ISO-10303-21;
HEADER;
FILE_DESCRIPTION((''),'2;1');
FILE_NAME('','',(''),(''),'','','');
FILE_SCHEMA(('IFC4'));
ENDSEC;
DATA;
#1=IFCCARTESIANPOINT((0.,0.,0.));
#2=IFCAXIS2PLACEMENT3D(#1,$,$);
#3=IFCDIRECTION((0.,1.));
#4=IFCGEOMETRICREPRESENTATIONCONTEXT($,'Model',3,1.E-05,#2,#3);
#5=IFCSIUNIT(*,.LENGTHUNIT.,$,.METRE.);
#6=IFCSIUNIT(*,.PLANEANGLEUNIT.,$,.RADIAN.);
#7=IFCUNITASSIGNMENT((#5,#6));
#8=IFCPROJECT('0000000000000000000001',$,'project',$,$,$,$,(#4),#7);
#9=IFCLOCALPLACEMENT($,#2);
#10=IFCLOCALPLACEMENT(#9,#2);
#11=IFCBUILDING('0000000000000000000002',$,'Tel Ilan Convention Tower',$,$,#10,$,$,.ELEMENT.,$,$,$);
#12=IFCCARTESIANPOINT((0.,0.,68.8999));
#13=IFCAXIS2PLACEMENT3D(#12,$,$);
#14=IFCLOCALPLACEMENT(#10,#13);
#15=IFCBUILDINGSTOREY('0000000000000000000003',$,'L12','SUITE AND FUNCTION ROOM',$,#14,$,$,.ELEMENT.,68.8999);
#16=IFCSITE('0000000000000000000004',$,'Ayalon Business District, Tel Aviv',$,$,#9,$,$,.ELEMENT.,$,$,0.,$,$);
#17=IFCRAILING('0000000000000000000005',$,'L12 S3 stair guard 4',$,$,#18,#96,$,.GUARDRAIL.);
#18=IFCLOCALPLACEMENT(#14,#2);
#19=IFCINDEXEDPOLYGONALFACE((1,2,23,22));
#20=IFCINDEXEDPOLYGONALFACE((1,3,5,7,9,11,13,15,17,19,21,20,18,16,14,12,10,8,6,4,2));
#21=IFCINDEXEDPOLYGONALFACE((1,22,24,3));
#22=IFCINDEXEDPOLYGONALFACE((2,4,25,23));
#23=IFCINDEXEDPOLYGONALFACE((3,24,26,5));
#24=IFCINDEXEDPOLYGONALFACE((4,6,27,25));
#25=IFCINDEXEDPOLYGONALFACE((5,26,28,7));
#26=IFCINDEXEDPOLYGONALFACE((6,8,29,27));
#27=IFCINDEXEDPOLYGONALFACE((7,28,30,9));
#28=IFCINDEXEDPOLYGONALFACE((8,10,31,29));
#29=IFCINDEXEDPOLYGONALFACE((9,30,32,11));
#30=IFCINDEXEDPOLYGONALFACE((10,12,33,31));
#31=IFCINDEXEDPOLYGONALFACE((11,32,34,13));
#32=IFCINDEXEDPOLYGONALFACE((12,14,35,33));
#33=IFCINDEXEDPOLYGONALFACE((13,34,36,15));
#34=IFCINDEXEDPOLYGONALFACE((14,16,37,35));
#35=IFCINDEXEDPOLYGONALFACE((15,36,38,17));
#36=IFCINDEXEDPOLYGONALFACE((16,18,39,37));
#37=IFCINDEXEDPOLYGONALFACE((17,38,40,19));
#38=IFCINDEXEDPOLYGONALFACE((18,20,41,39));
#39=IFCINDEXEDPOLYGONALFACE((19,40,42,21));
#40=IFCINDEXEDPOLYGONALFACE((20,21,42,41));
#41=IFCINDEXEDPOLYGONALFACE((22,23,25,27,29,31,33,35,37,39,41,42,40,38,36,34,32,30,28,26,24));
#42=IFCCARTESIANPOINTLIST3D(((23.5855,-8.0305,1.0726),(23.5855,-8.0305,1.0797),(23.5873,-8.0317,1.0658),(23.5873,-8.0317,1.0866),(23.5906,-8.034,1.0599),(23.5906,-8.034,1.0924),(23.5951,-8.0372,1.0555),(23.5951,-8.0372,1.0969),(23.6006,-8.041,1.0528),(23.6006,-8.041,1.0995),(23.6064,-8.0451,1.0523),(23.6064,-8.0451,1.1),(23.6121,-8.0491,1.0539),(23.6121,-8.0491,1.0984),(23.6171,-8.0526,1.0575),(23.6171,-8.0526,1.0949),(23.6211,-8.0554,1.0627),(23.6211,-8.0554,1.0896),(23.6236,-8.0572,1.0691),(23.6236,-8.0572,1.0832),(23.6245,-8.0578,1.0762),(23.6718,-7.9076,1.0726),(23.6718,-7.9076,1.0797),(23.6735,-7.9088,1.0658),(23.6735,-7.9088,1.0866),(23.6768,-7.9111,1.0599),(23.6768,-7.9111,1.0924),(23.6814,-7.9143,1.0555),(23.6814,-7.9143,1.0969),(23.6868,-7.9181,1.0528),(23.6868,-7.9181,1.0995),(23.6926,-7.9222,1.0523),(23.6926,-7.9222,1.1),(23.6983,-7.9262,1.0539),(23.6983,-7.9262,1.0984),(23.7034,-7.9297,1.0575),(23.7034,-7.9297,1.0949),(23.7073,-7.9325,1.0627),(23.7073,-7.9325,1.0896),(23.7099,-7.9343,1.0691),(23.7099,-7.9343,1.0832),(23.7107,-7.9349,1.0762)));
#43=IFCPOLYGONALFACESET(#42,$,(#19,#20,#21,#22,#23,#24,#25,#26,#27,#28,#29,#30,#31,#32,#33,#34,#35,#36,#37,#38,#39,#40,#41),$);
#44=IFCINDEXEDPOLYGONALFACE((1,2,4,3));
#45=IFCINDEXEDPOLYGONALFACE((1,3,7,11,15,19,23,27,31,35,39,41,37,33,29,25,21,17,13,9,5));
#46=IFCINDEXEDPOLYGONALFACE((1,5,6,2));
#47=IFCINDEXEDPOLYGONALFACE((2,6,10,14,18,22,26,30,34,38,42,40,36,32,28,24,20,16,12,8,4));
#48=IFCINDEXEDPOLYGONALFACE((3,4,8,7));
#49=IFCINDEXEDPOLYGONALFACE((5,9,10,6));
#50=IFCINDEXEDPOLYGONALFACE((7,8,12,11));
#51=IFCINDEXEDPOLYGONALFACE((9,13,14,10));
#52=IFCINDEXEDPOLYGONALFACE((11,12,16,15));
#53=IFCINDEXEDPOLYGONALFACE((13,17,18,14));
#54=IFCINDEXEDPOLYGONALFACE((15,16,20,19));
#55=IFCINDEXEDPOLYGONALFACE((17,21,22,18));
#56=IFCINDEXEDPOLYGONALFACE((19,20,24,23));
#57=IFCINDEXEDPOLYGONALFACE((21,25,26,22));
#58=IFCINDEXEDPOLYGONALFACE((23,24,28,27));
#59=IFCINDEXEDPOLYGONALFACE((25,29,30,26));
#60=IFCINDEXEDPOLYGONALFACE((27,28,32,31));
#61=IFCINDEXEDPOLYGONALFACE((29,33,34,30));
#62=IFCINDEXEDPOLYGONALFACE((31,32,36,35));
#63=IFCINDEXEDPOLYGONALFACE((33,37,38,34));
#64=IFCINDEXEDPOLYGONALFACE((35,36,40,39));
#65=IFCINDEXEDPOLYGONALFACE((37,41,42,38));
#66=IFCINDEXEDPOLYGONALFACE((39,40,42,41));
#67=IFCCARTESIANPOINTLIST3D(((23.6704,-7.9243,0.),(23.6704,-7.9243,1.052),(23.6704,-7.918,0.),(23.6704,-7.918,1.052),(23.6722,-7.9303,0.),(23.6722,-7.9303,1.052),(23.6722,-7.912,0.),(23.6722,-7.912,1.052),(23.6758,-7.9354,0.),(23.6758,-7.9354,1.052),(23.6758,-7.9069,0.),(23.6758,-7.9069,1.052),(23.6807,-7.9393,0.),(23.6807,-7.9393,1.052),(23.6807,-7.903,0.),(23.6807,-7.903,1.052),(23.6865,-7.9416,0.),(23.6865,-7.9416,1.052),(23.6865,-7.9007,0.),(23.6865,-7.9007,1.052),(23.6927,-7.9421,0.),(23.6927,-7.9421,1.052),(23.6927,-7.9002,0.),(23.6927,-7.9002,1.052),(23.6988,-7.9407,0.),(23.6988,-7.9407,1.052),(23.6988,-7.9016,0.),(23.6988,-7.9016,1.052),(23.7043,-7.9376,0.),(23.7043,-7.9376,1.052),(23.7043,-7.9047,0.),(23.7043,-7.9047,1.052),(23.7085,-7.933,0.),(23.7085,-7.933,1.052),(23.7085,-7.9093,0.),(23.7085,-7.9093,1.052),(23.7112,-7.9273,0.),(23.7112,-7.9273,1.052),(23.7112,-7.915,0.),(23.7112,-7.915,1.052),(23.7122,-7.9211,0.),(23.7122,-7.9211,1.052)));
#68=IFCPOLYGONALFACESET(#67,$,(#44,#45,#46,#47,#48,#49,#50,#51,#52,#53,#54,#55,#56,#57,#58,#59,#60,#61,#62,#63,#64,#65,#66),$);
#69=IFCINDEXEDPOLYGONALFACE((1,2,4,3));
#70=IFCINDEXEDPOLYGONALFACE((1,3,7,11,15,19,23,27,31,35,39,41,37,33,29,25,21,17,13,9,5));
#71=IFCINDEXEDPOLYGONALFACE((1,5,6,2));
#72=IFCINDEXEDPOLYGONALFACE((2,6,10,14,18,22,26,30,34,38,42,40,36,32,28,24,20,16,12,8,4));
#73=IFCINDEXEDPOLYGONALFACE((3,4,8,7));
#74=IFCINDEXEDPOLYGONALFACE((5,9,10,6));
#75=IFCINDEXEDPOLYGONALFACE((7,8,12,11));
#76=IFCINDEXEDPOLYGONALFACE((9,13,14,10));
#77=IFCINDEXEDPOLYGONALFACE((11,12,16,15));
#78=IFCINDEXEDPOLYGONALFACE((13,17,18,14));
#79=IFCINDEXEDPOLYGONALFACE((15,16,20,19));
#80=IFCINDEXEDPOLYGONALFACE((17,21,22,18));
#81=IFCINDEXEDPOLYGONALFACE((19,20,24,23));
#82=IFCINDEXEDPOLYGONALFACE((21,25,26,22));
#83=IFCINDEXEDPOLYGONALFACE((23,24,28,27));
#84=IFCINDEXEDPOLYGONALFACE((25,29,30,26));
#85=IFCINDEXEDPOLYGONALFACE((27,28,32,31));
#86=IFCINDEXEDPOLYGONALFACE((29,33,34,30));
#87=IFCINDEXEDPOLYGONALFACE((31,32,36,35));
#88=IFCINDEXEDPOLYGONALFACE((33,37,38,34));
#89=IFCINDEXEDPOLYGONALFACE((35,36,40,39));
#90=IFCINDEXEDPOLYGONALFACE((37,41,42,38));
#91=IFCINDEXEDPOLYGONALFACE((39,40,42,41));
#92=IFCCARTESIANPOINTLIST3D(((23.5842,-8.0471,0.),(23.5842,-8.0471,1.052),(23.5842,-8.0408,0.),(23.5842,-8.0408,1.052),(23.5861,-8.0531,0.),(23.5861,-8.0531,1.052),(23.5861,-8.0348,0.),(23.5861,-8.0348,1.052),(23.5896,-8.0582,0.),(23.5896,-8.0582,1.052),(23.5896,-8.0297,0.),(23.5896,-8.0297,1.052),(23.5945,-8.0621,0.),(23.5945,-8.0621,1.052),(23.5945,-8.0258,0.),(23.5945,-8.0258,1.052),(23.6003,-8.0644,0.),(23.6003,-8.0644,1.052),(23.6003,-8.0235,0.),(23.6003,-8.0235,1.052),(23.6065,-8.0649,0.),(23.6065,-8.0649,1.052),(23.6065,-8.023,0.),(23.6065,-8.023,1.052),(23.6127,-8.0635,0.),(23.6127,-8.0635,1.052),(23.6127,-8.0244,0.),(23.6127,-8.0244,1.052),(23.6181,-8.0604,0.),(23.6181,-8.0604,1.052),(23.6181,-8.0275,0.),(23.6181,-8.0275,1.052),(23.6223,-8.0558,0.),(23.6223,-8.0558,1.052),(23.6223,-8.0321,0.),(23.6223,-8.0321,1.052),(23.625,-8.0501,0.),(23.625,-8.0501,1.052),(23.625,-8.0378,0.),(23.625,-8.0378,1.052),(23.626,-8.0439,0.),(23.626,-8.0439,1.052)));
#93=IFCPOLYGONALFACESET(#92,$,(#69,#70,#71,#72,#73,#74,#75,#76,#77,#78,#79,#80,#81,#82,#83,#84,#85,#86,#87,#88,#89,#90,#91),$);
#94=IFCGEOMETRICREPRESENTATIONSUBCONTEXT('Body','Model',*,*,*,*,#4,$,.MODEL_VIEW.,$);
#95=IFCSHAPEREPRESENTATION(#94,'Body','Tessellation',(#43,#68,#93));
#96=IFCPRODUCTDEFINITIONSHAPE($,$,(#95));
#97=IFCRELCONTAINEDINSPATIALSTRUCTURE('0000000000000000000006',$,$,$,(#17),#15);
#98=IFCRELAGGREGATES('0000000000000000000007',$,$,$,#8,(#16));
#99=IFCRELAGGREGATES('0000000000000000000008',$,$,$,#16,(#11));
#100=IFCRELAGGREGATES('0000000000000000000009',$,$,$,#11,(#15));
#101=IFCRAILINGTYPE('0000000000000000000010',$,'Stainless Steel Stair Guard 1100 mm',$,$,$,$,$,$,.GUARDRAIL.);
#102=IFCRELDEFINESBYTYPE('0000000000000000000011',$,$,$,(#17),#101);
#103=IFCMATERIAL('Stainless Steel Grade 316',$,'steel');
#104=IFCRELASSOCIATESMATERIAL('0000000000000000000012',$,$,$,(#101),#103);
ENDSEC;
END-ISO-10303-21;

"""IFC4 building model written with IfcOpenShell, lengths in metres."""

from ifc_helpers import new_model, si_unit, direction, frame, origin, origin_2d, place, context, subcontext, project, spatial, circle, extrude, material, type_object, element, save


model = new_model("IFC4")

# Units and contexts
model_context = context("Model", 3, precision=1e-05, world=origin(), true_north=direction((0.0, 1.0)))
body_context = subcontext(model_context, "Body", "Model", "MODEL_VIEW")
ifc_project = project(units=[si_unit("LENGTHUNIT", "METRE"), si_unit("PLANEANGLEUNIT", "RADIAN")], contexts=[model_context])

# Site, building, storey
site_placement = place(None, origin())
site = spatial("IfcSite", under=ifc_project, at=site_placement, Name="Ayalon Business District, Tel Aviv", CompositionType="ELEMENT", RefElevation=0.0)
building_placement = place(site_placement, origin())
building = spatial("IfcBuilding", under=site, at=building_placement, Name="Tel Ilan Convention Tower", CompositionType="ELEMENT")
storey_placement = place(building_placement, frame((0.0, 0.0, 68.8999)))
storey = spatial("IfcBuildingStorey", under=building, at=storey_placement, Name="L12", Description="SUITE AND FUNCTION ROOM", CompositionType="ELEMENT", Elevation=68.8999)

# Railing
ifc_material_1 = material(Name="Stainless Steel Grade 316", Category="steel")
railing_type_1 = type_object("IfcRailingType", Name="Stainless Steel Stair Guard 1100 mm", PredefinedType="GUARDRAIL", material=ifc_material_1)
railing_1_placement = place(storey_placement, frame((23.6912, -7.9211, 0.0)))
element("IfcRailing", 1, at=railing_1_placement, inside=storey, type_object=railing_type_1, Name="L12 S3 stair guard 4", PredefinedType="GUARDRAIL", context=body_context, shape_type="SweptSolid", body=[
    extrude(circle(Radius=0.0239, at=origin_2d()), frame((0.0, 0.0, 1.0762), z_axis=(-0.574445, -0.818543, 0.0), x_axis=(0.818543, -0.574445, 0.0)), (0.0, 0.0, 1.0), 0.1501),
    extrude(circle(Radius=0.021, at=origin_2d()), origin(), (0.0, 0.0, 1.0), 1.052),
    extrude(circle(Radius=0.021, at=origin_2d()), frame((-0.0862, -0.1228, 0.0)), (0.0, 0.0, 1.0), 1.052),
])

save(model, "model.ifc")
